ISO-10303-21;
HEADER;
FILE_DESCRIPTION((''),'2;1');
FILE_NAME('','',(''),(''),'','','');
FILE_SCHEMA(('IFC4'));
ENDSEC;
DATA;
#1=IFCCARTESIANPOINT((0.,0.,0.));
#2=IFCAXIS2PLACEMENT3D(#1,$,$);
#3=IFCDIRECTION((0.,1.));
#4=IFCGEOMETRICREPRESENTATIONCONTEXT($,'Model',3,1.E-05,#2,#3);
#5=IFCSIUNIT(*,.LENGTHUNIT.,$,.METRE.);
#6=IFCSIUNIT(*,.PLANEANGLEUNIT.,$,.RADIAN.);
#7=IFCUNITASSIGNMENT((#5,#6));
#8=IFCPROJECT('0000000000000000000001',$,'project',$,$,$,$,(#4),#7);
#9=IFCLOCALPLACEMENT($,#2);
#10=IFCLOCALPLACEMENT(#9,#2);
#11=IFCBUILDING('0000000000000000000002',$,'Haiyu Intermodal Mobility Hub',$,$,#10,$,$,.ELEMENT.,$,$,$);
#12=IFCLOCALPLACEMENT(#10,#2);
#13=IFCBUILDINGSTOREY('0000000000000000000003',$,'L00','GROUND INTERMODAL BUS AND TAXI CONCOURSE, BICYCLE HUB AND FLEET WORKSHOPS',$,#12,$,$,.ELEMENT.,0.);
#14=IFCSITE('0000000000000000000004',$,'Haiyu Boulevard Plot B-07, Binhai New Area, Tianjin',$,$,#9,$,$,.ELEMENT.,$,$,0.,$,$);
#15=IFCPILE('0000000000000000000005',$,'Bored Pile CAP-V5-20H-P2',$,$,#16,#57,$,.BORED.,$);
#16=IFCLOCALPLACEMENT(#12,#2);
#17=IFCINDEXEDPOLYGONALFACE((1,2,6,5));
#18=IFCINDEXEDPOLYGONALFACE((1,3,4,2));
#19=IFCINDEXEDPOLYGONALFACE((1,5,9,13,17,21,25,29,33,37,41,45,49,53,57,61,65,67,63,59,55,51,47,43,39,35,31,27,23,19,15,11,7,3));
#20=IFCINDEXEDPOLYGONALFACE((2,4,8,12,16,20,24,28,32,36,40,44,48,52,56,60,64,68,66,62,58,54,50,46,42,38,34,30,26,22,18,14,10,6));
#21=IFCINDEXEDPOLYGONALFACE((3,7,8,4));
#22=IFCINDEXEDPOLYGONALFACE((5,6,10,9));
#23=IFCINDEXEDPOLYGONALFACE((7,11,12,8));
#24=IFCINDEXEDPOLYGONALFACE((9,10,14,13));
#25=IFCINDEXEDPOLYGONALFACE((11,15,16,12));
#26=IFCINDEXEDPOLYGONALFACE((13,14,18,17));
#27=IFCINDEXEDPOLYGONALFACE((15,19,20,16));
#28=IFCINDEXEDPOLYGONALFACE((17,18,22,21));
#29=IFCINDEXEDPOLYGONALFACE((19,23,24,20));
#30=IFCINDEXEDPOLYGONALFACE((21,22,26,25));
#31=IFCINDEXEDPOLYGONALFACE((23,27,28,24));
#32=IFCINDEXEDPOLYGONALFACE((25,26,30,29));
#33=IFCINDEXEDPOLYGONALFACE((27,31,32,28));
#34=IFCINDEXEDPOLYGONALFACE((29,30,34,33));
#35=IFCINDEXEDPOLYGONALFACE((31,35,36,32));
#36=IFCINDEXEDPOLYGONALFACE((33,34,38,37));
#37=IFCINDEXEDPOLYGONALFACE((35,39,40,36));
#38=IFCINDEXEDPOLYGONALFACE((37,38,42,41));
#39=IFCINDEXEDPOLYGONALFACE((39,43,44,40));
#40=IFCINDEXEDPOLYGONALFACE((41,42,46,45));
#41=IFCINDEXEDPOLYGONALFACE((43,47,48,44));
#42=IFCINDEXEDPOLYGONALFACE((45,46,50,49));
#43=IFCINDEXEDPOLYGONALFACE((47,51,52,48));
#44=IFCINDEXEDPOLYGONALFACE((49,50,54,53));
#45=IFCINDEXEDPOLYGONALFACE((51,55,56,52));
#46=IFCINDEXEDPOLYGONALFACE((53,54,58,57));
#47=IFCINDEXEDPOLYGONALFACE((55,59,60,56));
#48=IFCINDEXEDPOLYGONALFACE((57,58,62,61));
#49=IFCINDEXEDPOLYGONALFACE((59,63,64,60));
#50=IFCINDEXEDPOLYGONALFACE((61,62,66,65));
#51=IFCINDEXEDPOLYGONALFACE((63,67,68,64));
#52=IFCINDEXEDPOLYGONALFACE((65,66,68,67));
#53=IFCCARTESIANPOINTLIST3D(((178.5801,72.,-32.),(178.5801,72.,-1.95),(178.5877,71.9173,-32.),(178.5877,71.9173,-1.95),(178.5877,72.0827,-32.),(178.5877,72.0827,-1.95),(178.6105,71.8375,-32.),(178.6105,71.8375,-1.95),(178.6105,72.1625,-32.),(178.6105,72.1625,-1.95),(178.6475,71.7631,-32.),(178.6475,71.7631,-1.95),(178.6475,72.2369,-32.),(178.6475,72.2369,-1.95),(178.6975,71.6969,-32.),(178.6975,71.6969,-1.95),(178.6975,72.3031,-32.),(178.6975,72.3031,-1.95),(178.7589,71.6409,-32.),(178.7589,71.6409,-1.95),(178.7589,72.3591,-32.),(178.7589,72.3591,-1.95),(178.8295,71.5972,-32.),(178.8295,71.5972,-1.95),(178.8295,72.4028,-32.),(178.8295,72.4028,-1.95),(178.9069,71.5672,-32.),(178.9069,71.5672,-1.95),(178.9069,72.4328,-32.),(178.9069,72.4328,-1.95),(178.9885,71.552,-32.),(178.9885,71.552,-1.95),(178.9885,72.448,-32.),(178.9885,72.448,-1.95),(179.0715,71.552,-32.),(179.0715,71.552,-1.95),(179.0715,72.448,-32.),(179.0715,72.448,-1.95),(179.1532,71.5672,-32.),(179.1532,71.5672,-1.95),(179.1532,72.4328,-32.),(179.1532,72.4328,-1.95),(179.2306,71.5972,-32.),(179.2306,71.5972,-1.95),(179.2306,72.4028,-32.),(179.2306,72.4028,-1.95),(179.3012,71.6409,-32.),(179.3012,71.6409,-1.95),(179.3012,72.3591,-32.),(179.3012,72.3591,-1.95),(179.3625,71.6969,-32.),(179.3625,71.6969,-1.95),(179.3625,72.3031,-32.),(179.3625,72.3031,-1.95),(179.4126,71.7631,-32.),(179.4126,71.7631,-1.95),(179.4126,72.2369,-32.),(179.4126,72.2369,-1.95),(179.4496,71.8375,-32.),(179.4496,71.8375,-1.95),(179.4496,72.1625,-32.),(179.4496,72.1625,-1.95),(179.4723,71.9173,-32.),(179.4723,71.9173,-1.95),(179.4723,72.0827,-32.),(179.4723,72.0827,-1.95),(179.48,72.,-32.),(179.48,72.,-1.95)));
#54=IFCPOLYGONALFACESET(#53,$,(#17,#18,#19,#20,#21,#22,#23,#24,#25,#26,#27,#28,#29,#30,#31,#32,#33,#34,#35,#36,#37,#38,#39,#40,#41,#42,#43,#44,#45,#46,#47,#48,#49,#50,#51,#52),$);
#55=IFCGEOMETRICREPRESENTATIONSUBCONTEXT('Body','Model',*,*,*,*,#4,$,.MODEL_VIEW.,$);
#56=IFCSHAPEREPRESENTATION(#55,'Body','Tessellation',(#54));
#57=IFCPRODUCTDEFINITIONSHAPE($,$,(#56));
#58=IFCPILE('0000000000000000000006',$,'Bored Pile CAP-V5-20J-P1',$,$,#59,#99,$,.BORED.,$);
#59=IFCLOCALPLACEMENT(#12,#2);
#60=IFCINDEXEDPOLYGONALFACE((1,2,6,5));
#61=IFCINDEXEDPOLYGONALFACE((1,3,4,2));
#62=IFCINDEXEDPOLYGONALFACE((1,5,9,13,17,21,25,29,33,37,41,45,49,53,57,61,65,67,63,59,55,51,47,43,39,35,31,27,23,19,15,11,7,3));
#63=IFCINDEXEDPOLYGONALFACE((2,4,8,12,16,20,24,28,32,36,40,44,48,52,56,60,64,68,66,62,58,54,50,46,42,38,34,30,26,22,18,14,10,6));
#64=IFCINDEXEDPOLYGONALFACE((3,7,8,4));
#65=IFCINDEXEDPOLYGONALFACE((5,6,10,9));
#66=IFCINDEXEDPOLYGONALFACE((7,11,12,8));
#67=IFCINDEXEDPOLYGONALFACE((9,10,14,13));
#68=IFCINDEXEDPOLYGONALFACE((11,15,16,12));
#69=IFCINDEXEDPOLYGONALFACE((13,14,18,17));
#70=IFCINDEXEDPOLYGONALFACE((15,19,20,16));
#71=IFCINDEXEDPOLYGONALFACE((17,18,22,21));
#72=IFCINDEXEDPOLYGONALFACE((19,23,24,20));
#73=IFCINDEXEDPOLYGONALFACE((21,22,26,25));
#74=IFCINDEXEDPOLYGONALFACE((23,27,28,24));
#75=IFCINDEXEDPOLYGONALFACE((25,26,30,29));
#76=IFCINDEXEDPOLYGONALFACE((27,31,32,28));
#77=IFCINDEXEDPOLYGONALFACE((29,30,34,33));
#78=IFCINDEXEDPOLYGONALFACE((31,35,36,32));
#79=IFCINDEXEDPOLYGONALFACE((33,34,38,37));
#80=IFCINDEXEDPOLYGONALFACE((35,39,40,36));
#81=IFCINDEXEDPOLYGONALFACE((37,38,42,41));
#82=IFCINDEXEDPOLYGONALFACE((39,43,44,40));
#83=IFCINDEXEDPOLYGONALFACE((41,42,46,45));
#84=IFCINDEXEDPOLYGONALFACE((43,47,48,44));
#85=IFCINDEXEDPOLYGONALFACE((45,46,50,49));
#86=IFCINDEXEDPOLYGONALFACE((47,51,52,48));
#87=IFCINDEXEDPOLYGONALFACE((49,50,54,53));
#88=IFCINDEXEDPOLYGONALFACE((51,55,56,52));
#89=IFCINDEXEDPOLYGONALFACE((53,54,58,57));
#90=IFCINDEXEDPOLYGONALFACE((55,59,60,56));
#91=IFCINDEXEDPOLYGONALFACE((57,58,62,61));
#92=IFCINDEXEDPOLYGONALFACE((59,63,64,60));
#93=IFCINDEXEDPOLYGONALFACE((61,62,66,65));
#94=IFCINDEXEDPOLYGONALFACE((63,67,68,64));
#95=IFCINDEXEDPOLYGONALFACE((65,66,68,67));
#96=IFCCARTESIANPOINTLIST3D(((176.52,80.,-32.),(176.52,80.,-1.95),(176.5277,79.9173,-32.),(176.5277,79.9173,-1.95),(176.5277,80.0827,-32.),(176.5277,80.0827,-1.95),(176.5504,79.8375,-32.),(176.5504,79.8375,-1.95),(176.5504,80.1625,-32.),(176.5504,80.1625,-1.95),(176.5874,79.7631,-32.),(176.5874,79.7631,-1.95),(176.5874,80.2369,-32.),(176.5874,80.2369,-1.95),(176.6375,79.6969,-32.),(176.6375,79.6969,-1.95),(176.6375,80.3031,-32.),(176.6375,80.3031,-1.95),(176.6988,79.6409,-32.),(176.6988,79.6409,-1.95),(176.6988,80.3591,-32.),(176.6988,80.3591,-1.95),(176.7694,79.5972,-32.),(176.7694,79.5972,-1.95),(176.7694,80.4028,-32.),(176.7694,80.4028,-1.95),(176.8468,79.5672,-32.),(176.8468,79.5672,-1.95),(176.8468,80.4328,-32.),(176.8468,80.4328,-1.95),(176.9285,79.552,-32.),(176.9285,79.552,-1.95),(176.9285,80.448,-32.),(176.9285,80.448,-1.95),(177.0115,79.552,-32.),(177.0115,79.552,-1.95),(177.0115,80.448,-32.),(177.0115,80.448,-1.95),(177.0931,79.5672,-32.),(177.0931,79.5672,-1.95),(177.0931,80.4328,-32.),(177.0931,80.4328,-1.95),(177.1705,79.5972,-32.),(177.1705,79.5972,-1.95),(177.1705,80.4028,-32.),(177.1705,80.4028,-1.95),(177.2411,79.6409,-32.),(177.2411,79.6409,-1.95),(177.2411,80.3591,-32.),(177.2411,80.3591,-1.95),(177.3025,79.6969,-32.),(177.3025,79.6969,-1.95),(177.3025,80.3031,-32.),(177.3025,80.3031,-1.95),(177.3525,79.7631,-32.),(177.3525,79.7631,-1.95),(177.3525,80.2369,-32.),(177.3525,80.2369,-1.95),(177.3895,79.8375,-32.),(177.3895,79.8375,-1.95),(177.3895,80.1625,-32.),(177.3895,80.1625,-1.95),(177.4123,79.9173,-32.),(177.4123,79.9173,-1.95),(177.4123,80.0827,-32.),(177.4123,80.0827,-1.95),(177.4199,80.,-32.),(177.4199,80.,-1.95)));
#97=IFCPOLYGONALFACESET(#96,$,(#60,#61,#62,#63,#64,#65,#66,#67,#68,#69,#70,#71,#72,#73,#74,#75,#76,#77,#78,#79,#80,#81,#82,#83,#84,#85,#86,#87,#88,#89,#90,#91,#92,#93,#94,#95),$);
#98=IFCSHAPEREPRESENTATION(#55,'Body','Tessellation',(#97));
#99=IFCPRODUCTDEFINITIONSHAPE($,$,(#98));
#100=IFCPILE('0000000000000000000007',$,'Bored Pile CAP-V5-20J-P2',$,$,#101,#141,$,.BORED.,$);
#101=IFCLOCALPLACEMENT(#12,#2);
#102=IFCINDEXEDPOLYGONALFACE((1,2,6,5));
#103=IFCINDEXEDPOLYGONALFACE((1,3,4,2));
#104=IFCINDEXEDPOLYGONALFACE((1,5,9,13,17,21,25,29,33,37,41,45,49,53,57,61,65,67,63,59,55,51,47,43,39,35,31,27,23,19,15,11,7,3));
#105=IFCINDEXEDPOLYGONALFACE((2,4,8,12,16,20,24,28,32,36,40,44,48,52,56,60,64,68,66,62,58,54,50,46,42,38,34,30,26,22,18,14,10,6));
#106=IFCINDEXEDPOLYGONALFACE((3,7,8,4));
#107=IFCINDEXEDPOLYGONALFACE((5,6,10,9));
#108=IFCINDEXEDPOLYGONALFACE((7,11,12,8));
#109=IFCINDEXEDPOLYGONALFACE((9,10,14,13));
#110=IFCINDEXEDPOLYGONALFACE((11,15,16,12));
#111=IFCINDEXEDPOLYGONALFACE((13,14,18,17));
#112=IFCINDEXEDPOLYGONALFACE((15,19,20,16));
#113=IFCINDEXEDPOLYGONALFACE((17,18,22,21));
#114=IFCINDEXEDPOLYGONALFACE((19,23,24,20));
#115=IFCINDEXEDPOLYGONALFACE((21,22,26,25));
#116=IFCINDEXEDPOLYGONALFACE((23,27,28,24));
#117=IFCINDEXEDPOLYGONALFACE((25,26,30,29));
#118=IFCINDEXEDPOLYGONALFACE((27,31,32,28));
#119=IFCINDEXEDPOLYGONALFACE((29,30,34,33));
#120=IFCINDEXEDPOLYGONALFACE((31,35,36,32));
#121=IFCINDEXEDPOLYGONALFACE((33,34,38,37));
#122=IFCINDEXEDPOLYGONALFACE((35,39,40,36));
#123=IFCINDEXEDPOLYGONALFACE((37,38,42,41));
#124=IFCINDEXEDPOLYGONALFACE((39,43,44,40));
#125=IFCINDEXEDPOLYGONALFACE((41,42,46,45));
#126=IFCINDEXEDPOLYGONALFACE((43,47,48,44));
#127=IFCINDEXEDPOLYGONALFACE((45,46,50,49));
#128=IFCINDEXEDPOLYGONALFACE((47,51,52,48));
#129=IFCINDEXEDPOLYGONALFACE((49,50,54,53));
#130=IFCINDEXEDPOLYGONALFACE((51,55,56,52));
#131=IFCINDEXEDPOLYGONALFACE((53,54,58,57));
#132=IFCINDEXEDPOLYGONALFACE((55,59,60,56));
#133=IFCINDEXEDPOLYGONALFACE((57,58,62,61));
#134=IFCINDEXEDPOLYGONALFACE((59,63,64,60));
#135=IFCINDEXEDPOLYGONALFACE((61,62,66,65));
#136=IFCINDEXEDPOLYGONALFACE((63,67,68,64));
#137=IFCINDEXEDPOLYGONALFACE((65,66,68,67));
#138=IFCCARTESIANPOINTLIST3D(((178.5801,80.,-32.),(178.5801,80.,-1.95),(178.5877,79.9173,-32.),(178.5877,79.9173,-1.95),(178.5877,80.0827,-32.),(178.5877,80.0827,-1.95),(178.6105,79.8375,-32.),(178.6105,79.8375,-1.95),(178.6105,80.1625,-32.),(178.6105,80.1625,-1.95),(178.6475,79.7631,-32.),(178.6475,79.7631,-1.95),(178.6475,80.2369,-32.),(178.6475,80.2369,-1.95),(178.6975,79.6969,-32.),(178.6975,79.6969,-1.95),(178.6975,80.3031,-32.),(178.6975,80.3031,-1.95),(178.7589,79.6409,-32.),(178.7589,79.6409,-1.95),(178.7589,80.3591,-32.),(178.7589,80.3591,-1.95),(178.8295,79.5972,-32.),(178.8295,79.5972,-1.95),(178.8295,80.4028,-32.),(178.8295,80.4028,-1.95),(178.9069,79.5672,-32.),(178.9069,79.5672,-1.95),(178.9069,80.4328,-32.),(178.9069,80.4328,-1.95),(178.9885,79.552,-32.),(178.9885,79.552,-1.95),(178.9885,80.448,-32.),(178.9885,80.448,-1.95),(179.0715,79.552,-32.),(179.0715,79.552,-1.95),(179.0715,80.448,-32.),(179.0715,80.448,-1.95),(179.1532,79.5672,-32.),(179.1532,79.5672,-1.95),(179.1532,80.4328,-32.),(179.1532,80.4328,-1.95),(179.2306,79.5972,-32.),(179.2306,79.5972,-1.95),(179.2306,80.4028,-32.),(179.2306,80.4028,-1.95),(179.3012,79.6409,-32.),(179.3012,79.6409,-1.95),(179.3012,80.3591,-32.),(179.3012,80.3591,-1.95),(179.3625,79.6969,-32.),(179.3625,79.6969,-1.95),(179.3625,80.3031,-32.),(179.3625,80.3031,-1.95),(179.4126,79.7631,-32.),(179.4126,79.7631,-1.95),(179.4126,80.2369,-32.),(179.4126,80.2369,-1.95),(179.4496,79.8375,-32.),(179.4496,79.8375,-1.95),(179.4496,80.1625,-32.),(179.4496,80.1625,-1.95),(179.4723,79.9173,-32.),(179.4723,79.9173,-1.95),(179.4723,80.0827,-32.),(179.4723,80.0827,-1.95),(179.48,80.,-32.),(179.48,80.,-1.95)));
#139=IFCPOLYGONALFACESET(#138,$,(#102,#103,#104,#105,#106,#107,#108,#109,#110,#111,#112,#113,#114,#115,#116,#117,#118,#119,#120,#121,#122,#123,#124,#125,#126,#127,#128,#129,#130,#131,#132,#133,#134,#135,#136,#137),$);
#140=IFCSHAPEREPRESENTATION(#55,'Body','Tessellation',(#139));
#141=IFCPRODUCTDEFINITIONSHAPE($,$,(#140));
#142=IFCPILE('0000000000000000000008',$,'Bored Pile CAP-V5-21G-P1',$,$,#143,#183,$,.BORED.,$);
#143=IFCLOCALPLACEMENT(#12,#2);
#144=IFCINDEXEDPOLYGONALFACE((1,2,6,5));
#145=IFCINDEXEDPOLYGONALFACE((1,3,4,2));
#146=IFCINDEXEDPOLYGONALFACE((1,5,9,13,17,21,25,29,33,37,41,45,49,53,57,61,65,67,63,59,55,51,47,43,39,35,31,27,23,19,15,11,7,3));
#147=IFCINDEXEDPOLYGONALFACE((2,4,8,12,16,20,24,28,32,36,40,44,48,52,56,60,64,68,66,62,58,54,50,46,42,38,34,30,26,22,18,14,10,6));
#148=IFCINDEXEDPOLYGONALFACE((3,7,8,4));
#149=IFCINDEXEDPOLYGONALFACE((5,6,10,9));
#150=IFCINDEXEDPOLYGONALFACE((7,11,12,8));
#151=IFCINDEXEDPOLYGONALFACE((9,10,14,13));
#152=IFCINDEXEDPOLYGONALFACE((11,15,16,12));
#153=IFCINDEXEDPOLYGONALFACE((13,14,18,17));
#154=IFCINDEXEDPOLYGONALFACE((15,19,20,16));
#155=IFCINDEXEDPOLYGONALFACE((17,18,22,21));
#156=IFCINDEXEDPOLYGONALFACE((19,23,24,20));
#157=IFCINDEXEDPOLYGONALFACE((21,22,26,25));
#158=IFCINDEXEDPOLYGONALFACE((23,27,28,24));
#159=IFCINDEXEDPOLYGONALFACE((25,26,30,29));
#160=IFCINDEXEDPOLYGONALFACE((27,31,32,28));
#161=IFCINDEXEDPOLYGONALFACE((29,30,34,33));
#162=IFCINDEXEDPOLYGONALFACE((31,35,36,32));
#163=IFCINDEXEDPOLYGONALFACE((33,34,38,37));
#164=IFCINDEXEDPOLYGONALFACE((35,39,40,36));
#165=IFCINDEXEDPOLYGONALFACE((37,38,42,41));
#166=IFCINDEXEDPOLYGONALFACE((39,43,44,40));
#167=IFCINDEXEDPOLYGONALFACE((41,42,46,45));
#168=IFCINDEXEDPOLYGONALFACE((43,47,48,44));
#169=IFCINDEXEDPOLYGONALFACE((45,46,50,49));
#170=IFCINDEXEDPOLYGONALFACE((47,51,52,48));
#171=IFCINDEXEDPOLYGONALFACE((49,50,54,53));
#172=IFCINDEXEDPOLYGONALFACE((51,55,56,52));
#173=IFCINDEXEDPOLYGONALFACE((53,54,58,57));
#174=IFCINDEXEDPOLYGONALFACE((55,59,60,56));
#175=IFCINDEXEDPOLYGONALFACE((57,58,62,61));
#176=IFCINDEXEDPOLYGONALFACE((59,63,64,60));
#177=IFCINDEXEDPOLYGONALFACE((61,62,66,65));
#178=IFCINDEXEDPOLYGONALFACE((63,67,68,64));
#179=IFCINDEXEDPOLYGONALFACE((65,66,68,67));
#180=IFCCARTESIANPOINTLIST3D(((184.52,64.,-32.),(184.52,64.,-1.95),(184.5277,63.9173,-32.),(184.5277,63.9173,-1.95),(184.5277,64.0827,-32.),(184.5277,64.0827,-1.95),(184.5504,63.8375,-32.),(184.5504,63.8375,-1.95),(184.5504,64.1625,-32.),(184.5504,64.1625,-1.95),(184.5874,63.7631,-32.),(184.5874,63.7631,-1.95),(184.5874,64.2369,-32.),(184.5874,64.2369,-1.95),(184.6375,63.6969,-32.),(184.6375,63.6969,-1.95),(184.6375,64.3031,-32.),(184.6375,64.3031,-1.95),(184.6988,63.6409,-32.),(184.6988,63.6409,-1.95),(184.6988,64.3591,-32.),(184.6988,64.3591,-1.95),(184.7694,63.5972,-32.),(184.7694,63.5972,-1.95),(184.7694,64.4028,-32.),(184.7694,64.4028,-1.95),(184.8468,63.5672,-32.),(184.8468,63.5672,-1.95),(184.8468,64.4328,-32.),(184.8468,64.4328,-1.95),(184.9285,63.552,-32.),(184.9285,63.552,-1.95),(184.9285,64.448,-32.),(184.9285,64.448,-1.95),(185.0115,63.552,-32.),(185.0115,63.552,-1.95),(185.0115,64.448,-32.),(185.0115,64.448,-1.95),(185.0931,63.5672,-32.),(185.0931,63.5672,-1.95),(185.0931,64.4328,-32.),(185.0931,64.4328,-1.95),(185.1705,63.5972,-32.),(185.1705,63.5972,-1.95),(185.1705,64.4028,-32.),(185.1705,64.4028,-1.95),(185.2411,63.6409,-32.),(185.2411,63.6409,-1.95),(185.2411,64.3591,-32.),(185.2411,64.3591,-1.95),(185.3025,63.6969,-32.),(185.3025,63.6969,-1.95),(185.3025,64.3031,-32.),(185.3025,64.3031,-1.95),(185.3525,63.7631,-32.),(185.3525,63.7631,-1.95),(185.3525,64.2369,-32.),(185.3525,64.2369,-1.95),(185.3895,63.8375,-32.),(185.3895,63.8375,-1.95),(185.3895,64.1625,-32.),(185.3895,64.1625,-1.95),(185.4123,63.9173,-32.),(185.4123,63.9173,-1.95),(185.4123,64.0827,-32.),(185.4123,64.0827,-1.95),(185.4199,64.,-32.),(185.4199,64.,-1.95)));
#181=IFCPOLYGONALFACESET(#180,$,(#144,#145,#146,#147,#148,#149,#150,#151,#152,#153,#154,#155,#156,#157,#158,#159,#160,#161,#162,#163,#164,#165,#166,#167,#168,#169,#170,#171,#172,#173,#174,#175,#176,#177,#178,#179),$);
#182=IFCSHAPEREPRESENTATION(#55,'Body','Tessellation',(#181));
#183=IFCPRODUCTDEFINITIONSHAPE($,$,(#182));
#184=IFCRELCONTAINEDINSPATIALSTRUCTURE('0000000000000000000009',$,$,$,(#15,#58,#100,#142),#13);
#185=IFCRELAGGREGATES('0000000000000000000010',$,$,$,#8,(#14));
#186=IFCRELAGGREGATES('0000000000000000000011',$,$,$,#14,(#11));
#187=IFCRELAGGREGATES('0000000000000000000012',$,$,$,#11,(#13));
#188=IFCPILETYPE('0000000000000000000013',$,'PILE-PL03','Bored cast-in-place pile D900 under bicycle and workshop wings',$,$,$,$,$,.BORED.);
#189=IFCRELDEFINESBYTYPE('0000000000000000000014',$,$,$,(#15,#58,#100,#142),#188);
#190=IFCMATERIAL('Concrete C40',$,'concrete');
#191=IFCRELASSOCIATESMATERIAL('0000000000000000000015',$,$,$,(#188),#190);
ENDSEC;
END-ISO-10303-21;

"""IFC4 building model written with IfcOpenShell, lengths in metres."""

from ifc_helpers import new_model, si_unit, direction, frame, origin, origin_2d, place, context, subcontext, project, spatial, circle, extrude, material, material_profile, profile_set, type_object, element, save


model = new_model("IFC4")

# Units and contexts
model_context = context("Model", 3, precision=1e-05, world=origin(), true_north=direction((0.0, 1.0)))
body_context = subcontext(model_context, "Body", "Model", "MODEL_VIEW")
ifc_project = project(units=[si_unit("LENGTHUNIT", "METRE"), si_unit("PLANEANGLEUNIT", "RADIAN")], contexts=[model_context])

# Site, building, storey
site_placement = place(None, origin())
site = spatial("IfcSite", under=ifc_project, at=site_placement, Name="Haiyu Boulevard Plot B-07, Binhai New Area, Tianjin", CompositionType="ELEMENT", RefElevation=0.0)
building_placement = place(site_placement, origin())
building = spatial("IfcBuilding", under=site, at=building_placement, Name="Haiyu Intermodal Mobility Hub", CompositionType="ELEMENT")
storey_placement = place(building_placement, origin())
storey = spatial("IfcBuildingStorey", under=building, at=storey_placement, Name="L00", Description="GROUND INTERMODAL BUS AND TAXI CONCOURSE, BICYCLE HUB AND FLEET WORKSHOPS", CompositionType="ELEMENT", Elevation=0.0)

# Shared definitions
ifc_material = material(Name="Concrete C40", Category="concrete")

# Piles
ifc_material_profile_1 = material_profile(ifc_material, circle(Radius=0.45, at=origin_2d()), Name="PILE-D900")
ifc_profile_set_1 = profile_set([ifc_material_profile_1], Name="Concrete C40")
pile_type = type_object("IfcPileType", Name="PILE-PL03", Description="Bored cast-in-place pile D900 under bicycle and workshop wings", PredefinedType="BORED", material=ifc_profile_set_1)
for number, where, z_axis, x_axis, name in (
    (1, (179.03, 72.0, -1.95), (0.0, 0.0, -1.0), (1.0, 0.0, 0.0), "Bored Pile CAP-V5-20H-P2"),
    (2, (176.97, 80.0, -1.95), (0.0, 0.0, -1.0), (1.0, 0.0, 0.0), "Bored Pile CAP-V5-20J-P1"),
    (3, (179.03, 80.0, -1.95), (0.0, 0.0, -1.0), (1.0, 0.0, 0.0), "Bored Pile CAP-V5-20J-P2"),
    (4, (184.97, 64.0, -1.95), (0.0, 0.0, -1.0), (1.0, 0.0, 0.0), "Bored Pile CAP-V5-21G-P1"),
):
    element("IfcPile", number, at=place(storey_placement, frame(where, z_axis=z_axis, x_axis=x_axis)), inside=storey, type_object=pile_type, Name=name, PredefinedType="BORED", context=body_context, shape_type="SweptSolid", body=[
        extrude(circle(Radius=0.45, at=origin_2d()), origin(), (0.0, 0.0, 1.0), 30.05),
    ])

save(model, "model.ifc")
